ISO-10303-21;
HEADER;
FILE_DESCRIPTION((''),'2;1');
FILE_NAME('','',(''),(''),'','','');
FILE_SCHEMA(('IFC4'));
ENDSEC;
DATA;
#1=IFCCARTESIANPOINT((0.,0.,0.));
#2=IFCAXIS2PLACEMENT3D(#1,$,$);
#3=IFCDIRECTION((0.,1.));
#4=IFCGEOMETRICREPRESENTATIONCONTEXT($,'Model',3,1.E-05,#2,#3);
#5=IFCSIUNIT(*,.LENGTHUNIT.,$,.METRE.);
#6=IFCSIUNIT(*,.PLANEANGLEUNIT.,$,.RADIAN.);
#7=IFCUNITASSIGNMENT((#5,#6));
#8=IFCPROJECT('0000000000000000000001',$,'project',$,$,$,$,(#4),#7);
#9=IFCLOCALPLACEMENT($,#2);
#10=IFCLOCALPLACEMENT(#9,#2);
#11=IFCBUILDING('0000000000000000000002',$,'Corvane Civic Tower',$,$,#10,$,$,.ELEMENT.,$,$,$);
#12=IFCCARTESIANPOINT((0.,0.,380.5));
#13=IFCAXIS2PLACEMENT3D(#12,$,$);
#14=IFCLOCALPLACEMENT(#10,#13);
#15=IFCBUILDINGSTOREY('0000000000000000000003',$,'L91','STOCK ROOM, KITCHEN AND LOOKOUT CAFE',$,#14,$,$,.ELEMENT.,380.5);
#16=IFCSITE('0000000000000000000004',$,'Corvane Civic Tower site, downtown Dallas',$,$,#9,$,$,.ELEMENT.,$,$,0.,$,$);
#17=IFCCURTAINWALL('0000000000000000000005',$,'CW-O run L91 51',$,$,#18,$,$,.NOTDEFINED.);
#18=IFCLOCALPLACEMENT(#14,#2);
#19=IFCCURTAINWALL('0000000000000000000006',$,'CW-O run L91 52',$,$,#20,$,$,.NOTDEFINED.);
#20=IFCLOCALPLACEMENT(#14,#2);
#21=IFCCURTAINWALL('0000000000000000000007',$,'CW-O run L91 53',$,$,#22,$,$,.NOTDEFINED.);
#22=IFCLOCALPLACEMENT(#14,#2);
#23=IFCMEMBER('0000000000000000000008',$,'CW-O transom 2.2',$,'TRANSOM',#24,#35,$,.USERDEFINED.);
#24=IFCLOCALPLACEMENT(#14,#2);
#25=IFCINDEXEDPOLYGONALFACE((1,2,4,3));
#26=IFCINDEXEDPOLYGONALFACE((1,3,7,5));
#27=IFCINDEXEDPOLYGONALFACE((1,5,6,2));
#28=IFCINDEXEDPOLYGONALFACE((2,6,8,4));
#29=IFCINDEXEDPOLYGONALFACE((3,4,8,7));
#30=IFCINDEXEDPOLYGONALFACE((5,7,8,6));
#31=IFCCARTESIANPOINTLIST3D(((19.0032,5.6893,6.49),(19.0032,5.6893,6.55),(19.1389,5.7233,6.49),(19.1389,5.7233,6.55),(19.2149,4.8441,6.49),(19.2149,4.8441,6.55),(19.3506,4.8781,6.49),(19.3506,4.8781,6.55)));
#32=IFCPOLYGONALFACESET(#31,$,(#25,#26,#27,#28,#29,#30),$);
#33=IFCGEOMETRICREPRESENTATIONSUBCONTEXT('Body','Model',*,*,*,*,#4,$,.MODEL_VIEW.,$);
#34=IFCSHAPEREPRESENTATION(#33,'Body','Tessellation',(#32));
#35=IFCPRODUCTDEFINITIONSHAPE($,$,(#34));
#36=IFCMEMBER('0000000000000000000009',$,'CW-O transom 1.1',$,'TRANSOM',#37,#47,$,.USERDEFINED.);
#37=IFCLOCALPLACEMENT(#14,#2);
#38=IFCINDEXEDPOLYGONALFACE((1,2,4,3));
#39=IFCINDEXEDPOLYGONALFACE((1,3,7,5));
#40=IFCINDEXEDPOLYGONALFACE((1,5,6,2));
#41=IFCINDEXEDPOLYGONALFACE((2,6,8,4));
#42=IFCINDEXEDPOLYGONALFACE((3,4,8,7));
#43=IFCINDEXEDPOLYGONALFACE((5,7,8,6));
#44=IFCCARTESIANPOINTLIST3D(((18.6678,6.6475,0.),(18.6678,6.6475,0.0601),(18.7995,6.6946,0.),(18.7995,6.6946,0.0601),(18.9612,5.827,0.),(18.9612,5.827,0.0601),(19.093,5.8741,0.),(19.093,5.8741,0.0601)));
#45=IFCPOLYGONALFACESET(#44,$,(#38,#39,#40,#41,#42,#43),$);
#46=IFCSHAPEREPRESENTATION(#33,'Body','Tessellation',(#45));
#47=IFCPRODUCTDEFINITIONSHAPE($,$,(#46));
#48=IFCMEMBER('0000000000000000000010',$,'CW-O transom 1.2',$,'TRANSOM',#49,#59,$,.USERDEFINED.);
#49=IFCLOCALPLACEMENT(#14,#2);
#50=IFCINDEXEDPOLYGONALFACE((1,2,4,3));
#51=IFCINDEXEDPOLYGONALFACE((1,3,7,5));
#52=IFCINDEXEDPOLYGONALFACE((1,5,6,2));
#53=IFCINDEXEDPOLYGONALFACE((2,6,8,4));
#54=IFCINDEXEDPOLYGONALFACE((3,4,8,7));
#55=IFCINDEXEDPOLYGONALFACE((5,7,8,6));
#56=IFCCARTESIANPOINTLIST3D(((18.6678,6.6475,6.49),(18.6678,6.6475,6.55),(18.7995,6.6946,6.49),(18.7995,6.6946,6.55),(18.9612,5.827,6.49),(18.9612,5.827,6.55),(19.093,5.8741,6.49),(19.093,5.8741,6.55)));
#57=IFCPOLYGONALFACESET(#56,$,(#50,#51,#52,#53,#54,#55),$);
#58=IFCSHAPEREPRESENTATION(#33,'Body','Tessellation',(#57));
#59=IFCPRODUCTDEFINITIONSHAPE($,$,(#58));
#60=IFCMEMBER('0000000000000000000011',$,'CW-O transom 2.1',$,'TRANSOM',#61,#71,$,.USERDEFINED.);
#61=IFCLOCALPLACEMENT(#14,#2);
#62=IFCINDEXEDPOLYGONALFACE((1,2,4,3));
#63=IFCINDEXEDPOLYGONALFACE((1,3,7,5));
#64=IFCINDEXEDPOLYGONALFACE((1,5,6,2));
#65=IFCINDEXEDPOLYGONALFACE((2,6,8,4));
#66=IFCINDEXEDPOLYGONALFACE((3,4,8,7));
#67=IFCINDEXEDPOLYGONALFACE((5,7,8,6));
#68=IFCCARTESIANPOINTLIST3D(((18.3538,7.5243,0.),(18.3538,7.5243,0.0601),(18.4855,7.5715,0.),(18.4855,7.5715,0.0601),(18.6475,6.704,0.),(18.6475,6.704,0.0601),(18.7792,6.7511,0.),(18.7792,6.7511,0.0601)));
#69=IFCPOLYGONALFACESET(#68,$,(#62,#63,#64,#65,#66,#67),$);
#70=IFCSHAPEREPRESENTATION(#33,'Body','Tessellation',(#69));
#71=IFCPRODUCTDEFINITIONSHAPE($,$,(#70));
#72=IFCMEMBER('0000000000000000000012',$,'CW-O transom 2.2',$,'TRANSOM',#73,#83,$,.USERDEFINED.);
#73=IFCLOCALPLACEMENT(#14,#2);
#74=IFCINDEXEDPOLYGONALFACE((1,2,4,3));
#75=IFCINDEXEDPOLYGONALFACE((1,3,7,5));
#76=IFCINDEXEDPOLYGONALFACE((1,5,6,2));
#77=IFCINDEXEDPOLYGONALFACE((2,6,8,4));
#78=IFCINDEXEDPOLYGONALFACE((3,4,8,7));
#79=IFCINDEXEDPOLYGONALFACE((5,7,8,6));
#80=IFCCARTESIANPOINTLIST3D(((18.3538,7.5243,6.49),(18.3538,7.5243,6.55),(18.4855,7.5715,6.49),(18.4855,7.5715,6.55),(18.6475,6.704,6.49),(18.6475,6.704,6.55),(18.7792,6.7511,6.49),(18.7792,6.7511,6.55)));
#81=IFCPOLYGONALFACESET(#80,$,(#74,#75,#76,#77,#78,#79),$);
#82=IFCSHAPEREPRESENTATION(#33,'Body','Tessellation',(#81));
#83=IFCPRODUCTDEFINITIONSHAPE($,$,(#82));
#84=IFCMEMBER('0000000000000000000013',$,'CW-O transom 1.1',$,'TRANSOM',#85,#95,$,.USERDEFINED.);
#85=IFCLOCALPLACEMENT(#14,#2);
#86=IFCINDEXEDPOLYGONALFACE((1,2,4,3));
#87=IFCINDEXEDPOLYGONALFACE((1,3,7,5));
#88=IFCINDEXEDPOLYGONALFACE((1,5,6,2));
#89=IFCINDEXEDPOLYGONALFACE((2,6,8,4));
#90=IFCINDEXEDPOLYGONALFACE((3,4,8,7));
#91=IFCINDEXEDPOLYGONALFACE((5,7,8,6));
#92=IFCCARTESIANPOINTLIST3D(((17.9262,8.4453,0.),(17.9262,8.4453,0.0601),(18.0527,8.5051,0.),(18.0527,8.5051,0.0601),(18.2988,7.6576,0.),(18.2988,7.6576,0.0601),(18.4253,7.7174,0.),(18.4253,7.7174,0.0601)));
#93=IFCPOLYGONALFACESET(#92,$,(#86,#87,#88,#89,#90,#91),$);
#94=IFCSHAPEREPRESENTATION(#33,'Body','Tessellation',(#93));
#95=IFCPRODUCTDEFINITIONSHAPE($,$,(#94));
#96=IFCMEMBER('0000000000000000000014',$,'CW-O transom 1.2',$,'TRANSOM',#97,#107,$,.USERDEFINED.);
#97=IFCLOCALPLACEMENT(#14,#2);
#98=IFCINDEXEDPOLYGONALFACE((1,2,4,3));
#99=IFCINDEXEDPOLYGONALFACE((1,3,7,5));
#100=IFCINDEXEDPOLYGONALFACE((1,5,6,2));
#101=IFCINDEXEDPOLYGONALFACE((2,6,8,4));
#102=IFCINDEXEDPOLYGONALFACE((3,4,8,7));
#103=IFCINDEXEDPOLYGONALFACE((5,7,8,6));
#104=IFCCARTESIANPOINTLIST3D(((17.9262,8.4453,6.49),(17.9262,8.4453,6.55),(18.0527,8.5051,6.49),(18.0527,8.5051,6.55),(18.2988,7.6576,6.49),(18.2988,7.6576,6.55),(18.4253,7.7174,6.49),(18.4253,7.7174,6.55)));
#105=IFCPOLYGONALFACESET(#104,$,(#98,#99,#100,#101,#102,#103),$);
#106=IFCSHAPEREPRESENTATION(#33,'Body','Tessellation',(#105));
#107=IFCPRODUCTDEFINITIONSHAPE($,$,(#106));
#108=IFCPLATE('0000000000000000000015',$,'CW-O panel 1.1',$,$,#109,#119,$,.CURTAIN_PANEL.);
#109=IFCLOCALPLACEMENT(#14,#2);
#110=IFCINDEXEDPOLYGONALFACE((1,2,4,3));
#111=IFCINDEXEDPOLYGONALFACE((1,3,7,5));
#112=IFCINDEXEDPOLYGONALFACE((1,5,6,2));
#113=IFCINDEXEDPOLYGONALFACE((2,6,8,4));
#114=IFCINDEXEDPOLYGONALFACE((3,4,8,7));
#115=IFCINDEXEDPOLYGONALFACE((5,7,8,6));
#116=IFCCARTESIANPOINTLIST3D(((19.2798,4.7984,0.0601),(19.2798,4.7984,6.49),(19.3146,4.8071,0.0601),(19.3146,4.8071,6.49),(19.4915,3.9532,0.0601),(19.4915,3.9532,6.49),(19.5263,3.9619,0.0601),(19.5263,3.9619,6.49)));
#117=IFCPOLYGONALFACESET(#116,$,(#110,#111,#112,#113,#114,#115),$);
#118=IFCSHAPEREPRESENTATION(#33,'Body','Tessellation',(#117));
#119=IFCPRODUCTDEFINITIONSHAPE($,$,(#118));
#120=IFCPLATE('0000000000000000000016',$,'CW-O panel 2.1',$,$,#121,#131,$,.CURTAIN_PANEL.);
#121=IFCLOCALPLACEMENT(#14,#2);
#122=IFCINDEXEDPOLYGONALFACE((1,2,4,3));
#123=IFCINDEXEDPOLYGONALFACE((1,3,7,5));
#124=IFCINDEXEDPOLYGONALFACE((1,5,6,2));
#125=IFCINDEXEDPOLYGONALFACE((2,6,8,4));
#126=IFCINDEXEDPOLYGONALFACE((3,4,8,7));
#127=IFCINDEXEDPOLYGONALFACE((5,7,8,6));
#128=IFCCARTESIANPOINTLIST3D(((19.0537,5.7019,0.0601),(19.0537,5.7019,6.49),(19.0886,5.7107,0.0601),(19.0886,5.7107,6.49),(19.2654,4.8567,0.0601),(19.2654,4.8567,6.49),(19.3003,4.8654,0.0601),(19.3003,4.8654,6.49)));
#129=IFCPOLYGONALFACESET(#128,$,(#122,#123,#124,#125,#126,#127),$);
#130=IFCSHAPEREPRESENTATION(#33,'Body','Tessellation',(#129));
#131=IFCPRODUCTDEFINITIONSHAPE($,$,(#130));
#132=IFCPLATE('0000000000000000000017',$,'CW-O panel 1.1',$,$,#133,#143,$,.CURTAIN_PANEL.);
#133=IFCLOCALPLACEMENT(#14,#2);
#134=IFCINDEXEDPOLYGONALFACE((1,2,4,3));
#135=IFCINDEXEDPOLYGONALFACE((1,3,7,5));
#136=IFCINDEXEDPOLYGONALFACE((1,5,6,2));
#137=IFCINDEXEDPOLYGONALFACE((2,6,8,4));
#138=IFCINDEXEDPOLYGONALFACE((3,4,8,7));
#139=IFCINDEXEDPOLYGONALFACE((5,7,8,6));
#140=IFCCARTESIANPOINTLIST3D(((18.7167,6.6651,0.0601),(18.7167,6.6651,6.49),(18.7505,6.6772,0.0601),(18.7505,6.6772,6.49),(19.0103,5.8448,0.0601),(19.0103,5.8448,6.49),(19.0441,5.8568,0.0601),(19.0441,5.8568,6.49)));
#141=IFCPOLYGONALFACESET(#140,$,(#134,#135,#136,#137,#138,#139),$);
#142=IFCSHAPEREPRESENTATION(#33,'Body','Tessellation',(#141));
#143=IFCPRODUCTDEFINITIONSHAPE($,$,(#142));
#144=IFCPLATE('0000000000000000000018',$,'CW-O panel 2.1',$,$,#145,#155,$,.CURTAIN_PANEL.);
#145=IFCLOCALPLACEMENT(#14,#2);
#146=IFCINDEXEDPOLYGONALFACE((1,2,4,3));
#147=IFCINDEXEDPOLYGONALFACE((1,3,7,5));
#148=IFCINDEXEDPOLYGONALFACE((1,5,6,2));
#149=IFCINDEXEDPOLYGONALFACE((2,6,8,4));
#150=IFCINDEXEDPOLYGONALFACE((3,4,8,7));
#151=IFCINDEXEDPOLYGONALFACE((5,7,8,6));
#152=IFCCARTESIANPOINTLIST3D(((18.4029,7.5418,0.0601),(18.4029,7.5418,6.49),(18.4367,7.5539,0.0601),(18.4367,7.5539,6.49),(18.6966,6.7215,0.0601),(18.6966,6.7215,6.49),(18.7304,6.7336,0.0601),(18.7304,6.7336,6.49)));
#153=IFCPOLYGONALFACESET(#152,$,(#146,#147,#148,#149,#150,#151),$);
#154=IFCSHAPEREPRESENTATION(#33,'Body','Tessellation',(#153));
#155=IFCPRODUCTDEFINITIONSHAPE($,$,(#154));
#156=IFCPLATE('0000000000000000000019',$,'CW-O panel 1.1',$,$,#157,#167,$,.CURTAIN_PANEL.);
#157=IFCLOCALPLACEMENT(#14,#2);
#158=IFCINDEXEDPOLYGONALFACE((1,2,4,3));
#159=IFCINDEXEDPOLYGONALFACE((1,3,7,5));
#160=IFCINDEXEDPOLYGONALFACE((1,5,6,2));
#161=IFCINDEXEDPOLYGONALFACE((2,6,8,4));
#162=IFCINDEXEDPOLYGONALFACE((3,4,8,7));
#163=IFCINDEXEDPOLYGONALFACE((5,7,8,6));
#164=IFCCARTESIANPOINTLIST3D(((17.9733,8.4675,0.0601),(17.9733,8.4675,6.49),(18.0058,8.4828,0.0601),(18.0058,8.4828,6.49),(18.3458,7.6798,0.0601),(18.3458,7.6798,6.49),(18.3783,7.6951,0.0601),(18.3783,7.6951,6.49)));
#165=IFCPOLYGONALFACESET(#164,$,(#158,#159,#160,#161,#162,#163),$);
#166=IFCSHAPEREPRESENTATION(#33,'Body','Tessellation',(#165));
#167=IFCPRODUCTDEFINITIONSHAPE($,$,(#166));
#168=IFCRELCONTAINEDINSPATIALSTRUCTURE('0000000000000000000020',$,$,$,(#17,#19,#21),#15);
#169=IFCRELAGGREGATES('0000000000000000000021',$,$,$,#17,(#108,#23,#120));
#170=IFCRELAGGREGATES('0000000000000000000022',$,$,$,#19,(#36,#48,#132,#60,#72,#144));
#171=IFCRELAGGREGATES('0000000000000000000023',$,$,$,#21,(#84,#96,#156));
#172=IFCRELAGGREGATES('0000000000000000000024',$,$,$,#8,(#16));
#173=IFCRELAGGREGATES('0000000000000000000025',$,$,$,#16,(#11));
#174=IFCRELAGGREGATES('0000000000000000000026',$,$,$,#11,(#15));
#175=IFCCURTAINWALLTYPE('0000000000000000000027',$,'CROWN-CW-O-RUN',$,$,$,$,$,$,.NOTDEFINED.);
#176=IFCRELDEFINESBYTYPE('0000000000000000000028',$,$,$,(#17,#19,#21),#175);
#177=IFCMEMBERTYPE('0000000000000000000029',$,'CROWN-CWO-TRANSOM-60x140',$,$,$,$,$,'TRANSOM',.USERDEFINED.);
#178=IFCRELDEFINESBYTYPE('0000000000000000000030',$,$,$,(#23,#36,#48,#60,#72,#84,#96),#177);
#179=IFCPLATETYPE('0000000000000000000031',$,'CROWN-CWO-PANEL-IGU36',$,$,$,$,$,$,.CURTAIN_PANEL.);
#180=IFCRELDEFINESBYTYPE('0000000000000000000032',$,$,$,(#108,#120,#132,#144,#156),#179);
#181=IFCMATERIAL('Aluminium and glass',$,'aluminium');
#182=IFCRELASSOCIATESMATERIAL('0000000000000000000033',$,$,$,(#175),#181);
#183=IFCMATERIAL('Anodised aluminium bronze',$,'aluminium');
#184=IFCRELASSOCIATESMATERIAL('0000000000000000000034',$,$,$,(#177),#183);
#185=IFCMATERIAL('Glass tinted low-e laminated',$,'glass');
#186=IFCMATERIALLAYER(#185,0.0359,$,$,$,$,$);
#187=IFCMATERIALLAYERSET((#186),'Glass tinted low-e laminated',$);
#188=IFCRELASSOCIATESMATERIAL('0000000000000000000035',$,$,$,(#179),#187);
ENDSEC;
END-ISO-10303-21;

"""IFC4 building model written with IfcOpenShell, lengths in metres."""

from ifc_helpers import new_model, si_unit, direction, frame, origin, origin_2d, place, context, subcontext, project, spatial, rectangle, extrude, material, layer, layer_set, material_profile, profile_set, type_object, element, aggregate, save


model = new_model("IFC4")

# Units and contexts
model_context = context("Model", 3, precision=1e-05, world=origin(), true_north=direction((0.0, 1.0)))
body_context = subcontext(model_context, "Body", "Model", "MODEL_VIEW")
ifc_project = project(units=[si_unit("LENGTHUNIT", "METRE"), si_unit("PLANEANGLEUNIT", "RADIAN")], contexts=[model_context])

# Site, building, storey
site_placement = place(None, origin())
site = spatial("IfcSite", under=ifc_project, at=site_placement, Name="Corvane Civic Tower site, downtown Dallas", CompositionType="ELEMENT", RefElevation=0.0)
building_placement = place(site_placement, origin())
building = spatial("IfcBuilding", under=site, at=building_placement, Name="Corvane Civic Tower", CompositionType="ELEMENT")
storey_placement = place(building_placement, frame((0.0, 0.0, 380.5)))
storey = spatial("IfcBuildingStorey", under=building, at=storey_placement, Name="L91", Description="STOCK ROOM, KITCHEN AND LOOKOUT CAFE", CompositionType="ELEMENT", Elevation=380.5)

# Curtain walls
ifc_material_1 = material(Name="Aluminium and glass", Category="aluminium")
curtain_wall_type = type_object("IfcCurtainWallType", Name="CROWN-CW-O-RUN", PredefinedType="NOTDEFINED", material=ifc_material_1)
curtain_wall_1_placement = place(storey_placement, origin())
curtain_wall_1 = element("IfcCurtainWall", 1, at=curtain_wall_1_placement, inside=storey, type_object=curtain_wall_type, Name="CW-O run L91 51", PredefinedType="NOTDEFINED")
curtain_wall_2_placement = place(storey_placement, origin())
curtain_wall_2 = element("IfcCurtainWall", 2, at=curtain_wall_2_placement, inside=storey, type_object=curtain_wall_type, Name="CW-O run L91 52", PredefinedType="NOTDEFINED")
curtain_wall_3_placement = place(storey_placement, origin())
curtain_wall_3 = element("IfcCurtainWall", 3, at=curtain_wall_3_placement, inside=storey, type_object=curtain_wall_type, Name="CW-O run L91 53", PredefinedType="NOTDEFINED")

# Members
ifc_material_2 = material(Name="Anodised aluminium bronze", Category="aluminium")
ifc_material_profile_1 = material_profile(ifc_material_2, rectangle(XDim=0.1399, YDim=0.0601, at=origin_2d()), Name="AL 140x60")
ifc_profile_set_1 = profile_set([ifc_material_profile_1], Name="Anodised aluminium bronze")
member_type_1 = type_object("IfcMemberType", Name="CROWN-CWO-TRANSOM-60x140", ElementType="TRANSOM", PredefinedType="USERDEFINED", material=ifc_profile_set_1)
member_1_placement = place(storey_placement, frame((19.2827, 4.8611, 6.52), z_axis=(-0.242931, 0.970044, 0.0), x_axis=(-0.970044, -0.242931, 0.0)))
member_1 = element("IfcMember", 4, at=member_1_placement, type_object=member_type_1, Name="CW-O transom 2.2", ObjectType="TRANSOM", PredefinedType="USERDEFINED", context=body_context, shape_type="SweptSolid", body=[
    extrude(rectangle(XDim=0.1399, YDim=0.0601, at=origin_2d()), origin(), (0.0, 0.0, 1.0), 0.8713),
])
member_2_placement = place(storey_placement, frame((19.0271, 5.8506, 0.03), z_axis=(-0.336745, 0.941596, 0.0), x_axis=(-0.941596, -0.336745, 0.0)))
member_2 = element("IfcMember", 5, at=member_2_placement, type_object=member_type_1, Name="CW-O transom 1.1", ObjectType="TRANSOM", PredefinedType="USERDEFINED", context=body_context, shape_type="SweptSolid", body=[
    extrude(rectangle(XDim=0.1399, YDim=0.0601, at=origin_2d()), origin(), (0.0, 0.0, 1.0), 0.8713),
])
member_3_placement = place(storey_placement, frame((19.0271, 5.8506, 6.52), z_axis=(-0.336745, 0.941596, 0.0), x_axis=(-0.941596, -0.336745, 0.0)))
member_3 = element("IfcMember", 6, at=member_3_placement, type_object=member_type_1, Name="CW-O transom 1.2", ObjectType="TRANSOM", PredefinedType="USERDEFINED", context=body_context, shape_type="SweptSolid", body=[
    extrude(rectangle(XDim=0.1399, YDim=0.0601, at=origin_2d()), origin(), (0.0, 0.0, 1.0), 0.8713),
])
member_4_placement = place(storey_placement, frame((18.7134, 6.7275, 0.03), z_axis=(-0.337082, 0.941475, 0.0), x_axis=(-0.941475, -0.337082, 0.0)))
member_4 = element("IfcMember", 7, at=member_4_placement, type_object=member_type_1, Name="CW-O transom 2.1", ObjectType="TRANSOM", PredefinedType="USERDEFINED", context=body_context, shape_type="SweptSolid", body=[
    extrude(rectangle(XDim=0.1399, YDim=0.0601, at=origin_2d()), origin(), (0.0, 0.0, 1.0), 0.8713),
])
member_5_placement = place(storey_placement, frame((18.7134, 6.7275, 6.52), z_axis=(-0.337082, 0.941475, 0.0), x_axis=(-0.941475, -0.337082, 0.0)))
member_5 = element("IfcMember", 8, at=member_5_placement, type_object=member_type_1, Name="CW-O transom 2.2", ObjectType="TRANSOM", PredefinedType="USERDEFINED", context=body_context, shape_type="SweptSolid", body=[
    extrude(rectangle(XDim=0.1399, YDim=0.0601, at=origin_2d()), origin(), (0.0, 0.0, 1.0), 0.8713),
])
member_6_placement = place(storey_placement, frame((18.3621, 7.6875, 0.03), z_axis=(-0.427604, 0.903966, 0.0), x_axis=(-0.903966, -0.427604, 0.0)))
member_6 = element("IfcMember", 9, at=member_6_placement, type_object=member_type_1, Name="CW-O transom 1.1", ObjectType="TRANSOM", PredefinedType="USERDEFINED", context=body_context, shape_type="SweptSolid", body=[
    extrude(rectangle(XDim=0.1399, YDim=0.0601, at=origin_2d()), origin(), (0.0, 0.0, 1.0), 0.8713),
])
member_7_placement = place(storey_placement, frame((18.3621, 7.6875, 6.52), z_axis=(-0.427604, 0.903966, 0.0), x_axis=(-0.903966, -0.427604, 0.0)))
member_7 = element("IfcMember", 10, at=member_7_placement, type_object=member_type_1, Name="CW-O transom 1.2", ObjectType="TRANSOM", PredefinedType="USERDEFINED", context=body_context, shape_type="SweptSolid", body=[
    extrude(rectangle(XDim=0.1399, YDim=0.0601, at=origin_2d()), origin(), (0.0, 0.0, 1.0), 0.8713),
])

# Plates
ifc_material_3 = material(Name="Glass tinted low-e laminated", Category="glass")
ifc_layer = layer(ifc_material_3, 0.0359)
ifc_layer_set = layer_set([ifc_layer], Name="Glass tinted low-e laminated")
plate_type = type_object("IfcPlateType", Name="CROWN-CWO-PANEL-IGU36", PredefinedType="CURTAIN_PANEL", material=ifc_layer_set)
plate_1_placement = place(storey_placement, frame((19.4031, 4.3801, 0.0601), z_axis=(0.0, 0.0, 1.0), x_axis=(-0.242952, 0.970038, 0.0)))
plate_1 = element("IfcPlate", 11, at=plate_1_placement, type_object=plate_type, Name="CW-O panel 1.1", PredefinedType="CURTAIN_PANEL", context=body_context, shape_type="SweptSolid", body=[
    extrude(rectangle(XDim=0.8713, YDim=0.0359, at=origin_2d()), origin(), (0.0, 0.0, 1.0), 6.4299),
])
plate_2_placement = place(storey_placement, frame((19.177, 5.2837, 0.0601), z_axis=(0.0, 0.0, 1.0), x_axis=(-0.242952, 0.970038, 0.0)))
plate_2 = element("IfcPlate", 12, at=plate_2_placement, type_object=plate_type, Name="CW-O panel 2.1", PredefinedType="CURTAIN_PANEL", context=body_context, shape_type="SweptSolid", body=[
    extrude(rectangle(XDim=0.8713, YDim=0.0359, at=origin_2d()), origin(), (0.0, 0.0, 1.0), 6.4299),
])
aggregate(curtain_wall_1, [plate_1, member_1, plate_2])
plate_3_placement = place(storey_placement, frame((18.8804, 6.261, 0.0601), z_axis=(0.0, 0.0, 1.0), x_axis=(-0.336982, 0.941511, 0.0)))
plate_3 = element("IfcPlate", 13, at=plate_3_placement, type_object=plate_type, Name="CW-O panel 1.1", PredefinedType="CURTAIN_PANEL", context=body_context, shape_type="SweptSolid", body=[
    extrude(rectangle(XDim=0.8713, YDim=0.0359, at=origin_2d()), origin(), (0.0, 0.0, 1.0), 6.4299),
])
plate_4_placement = place(storey_placement, frame((18.5667, 7.1377, 0.0601), z_axis=(0.0, 0.0, 1.0), x_axis=(-0.336982, 0.941511, 0.0)))
plate_4 = element("IfcPlate", 14, at=plate_4_placement, type_object=plate_type, Name="CW-O panel 2.1", PredefinedType="CURTAIN_PANEL", context=body_context, shape_type="SweptSolid", body=[
    extrude(rectangle(XDim=0.8713, YDim=0.0359, at=origin_2d()), origin(), (0.0, 0.0, 1.0), 6.4299),
])
aggregate(curtain_wall_2, [member_2, member_3, plate_3, member_4, member_5, plate_4])
plate_5_placement = place(storey_placement, frame((18.1758, 8.0813, 0.0601), z_axis=(0.0, 0.0, 1.0), x_axis=(-0.427509, 0.904011, 0.0)))
plate_5 = element("IfcPlate", 15, at=plate_5_placement, type_object=plate_type, Name="CW-O panel 1.1", PredefinedType="CURTAIN_PANEL", context=body_context, shape_type="SweptSolid", body=[
    extrude(rectangle(XDim=0.8713, YDim=0.0359, at=origin_2d()), origin(), (0.0, 0.0, 1.0), 6.4299),
])
aggregate(curtain_wall_3, [member_6, member_7, plate_5])

save(model, "model.ifc")
